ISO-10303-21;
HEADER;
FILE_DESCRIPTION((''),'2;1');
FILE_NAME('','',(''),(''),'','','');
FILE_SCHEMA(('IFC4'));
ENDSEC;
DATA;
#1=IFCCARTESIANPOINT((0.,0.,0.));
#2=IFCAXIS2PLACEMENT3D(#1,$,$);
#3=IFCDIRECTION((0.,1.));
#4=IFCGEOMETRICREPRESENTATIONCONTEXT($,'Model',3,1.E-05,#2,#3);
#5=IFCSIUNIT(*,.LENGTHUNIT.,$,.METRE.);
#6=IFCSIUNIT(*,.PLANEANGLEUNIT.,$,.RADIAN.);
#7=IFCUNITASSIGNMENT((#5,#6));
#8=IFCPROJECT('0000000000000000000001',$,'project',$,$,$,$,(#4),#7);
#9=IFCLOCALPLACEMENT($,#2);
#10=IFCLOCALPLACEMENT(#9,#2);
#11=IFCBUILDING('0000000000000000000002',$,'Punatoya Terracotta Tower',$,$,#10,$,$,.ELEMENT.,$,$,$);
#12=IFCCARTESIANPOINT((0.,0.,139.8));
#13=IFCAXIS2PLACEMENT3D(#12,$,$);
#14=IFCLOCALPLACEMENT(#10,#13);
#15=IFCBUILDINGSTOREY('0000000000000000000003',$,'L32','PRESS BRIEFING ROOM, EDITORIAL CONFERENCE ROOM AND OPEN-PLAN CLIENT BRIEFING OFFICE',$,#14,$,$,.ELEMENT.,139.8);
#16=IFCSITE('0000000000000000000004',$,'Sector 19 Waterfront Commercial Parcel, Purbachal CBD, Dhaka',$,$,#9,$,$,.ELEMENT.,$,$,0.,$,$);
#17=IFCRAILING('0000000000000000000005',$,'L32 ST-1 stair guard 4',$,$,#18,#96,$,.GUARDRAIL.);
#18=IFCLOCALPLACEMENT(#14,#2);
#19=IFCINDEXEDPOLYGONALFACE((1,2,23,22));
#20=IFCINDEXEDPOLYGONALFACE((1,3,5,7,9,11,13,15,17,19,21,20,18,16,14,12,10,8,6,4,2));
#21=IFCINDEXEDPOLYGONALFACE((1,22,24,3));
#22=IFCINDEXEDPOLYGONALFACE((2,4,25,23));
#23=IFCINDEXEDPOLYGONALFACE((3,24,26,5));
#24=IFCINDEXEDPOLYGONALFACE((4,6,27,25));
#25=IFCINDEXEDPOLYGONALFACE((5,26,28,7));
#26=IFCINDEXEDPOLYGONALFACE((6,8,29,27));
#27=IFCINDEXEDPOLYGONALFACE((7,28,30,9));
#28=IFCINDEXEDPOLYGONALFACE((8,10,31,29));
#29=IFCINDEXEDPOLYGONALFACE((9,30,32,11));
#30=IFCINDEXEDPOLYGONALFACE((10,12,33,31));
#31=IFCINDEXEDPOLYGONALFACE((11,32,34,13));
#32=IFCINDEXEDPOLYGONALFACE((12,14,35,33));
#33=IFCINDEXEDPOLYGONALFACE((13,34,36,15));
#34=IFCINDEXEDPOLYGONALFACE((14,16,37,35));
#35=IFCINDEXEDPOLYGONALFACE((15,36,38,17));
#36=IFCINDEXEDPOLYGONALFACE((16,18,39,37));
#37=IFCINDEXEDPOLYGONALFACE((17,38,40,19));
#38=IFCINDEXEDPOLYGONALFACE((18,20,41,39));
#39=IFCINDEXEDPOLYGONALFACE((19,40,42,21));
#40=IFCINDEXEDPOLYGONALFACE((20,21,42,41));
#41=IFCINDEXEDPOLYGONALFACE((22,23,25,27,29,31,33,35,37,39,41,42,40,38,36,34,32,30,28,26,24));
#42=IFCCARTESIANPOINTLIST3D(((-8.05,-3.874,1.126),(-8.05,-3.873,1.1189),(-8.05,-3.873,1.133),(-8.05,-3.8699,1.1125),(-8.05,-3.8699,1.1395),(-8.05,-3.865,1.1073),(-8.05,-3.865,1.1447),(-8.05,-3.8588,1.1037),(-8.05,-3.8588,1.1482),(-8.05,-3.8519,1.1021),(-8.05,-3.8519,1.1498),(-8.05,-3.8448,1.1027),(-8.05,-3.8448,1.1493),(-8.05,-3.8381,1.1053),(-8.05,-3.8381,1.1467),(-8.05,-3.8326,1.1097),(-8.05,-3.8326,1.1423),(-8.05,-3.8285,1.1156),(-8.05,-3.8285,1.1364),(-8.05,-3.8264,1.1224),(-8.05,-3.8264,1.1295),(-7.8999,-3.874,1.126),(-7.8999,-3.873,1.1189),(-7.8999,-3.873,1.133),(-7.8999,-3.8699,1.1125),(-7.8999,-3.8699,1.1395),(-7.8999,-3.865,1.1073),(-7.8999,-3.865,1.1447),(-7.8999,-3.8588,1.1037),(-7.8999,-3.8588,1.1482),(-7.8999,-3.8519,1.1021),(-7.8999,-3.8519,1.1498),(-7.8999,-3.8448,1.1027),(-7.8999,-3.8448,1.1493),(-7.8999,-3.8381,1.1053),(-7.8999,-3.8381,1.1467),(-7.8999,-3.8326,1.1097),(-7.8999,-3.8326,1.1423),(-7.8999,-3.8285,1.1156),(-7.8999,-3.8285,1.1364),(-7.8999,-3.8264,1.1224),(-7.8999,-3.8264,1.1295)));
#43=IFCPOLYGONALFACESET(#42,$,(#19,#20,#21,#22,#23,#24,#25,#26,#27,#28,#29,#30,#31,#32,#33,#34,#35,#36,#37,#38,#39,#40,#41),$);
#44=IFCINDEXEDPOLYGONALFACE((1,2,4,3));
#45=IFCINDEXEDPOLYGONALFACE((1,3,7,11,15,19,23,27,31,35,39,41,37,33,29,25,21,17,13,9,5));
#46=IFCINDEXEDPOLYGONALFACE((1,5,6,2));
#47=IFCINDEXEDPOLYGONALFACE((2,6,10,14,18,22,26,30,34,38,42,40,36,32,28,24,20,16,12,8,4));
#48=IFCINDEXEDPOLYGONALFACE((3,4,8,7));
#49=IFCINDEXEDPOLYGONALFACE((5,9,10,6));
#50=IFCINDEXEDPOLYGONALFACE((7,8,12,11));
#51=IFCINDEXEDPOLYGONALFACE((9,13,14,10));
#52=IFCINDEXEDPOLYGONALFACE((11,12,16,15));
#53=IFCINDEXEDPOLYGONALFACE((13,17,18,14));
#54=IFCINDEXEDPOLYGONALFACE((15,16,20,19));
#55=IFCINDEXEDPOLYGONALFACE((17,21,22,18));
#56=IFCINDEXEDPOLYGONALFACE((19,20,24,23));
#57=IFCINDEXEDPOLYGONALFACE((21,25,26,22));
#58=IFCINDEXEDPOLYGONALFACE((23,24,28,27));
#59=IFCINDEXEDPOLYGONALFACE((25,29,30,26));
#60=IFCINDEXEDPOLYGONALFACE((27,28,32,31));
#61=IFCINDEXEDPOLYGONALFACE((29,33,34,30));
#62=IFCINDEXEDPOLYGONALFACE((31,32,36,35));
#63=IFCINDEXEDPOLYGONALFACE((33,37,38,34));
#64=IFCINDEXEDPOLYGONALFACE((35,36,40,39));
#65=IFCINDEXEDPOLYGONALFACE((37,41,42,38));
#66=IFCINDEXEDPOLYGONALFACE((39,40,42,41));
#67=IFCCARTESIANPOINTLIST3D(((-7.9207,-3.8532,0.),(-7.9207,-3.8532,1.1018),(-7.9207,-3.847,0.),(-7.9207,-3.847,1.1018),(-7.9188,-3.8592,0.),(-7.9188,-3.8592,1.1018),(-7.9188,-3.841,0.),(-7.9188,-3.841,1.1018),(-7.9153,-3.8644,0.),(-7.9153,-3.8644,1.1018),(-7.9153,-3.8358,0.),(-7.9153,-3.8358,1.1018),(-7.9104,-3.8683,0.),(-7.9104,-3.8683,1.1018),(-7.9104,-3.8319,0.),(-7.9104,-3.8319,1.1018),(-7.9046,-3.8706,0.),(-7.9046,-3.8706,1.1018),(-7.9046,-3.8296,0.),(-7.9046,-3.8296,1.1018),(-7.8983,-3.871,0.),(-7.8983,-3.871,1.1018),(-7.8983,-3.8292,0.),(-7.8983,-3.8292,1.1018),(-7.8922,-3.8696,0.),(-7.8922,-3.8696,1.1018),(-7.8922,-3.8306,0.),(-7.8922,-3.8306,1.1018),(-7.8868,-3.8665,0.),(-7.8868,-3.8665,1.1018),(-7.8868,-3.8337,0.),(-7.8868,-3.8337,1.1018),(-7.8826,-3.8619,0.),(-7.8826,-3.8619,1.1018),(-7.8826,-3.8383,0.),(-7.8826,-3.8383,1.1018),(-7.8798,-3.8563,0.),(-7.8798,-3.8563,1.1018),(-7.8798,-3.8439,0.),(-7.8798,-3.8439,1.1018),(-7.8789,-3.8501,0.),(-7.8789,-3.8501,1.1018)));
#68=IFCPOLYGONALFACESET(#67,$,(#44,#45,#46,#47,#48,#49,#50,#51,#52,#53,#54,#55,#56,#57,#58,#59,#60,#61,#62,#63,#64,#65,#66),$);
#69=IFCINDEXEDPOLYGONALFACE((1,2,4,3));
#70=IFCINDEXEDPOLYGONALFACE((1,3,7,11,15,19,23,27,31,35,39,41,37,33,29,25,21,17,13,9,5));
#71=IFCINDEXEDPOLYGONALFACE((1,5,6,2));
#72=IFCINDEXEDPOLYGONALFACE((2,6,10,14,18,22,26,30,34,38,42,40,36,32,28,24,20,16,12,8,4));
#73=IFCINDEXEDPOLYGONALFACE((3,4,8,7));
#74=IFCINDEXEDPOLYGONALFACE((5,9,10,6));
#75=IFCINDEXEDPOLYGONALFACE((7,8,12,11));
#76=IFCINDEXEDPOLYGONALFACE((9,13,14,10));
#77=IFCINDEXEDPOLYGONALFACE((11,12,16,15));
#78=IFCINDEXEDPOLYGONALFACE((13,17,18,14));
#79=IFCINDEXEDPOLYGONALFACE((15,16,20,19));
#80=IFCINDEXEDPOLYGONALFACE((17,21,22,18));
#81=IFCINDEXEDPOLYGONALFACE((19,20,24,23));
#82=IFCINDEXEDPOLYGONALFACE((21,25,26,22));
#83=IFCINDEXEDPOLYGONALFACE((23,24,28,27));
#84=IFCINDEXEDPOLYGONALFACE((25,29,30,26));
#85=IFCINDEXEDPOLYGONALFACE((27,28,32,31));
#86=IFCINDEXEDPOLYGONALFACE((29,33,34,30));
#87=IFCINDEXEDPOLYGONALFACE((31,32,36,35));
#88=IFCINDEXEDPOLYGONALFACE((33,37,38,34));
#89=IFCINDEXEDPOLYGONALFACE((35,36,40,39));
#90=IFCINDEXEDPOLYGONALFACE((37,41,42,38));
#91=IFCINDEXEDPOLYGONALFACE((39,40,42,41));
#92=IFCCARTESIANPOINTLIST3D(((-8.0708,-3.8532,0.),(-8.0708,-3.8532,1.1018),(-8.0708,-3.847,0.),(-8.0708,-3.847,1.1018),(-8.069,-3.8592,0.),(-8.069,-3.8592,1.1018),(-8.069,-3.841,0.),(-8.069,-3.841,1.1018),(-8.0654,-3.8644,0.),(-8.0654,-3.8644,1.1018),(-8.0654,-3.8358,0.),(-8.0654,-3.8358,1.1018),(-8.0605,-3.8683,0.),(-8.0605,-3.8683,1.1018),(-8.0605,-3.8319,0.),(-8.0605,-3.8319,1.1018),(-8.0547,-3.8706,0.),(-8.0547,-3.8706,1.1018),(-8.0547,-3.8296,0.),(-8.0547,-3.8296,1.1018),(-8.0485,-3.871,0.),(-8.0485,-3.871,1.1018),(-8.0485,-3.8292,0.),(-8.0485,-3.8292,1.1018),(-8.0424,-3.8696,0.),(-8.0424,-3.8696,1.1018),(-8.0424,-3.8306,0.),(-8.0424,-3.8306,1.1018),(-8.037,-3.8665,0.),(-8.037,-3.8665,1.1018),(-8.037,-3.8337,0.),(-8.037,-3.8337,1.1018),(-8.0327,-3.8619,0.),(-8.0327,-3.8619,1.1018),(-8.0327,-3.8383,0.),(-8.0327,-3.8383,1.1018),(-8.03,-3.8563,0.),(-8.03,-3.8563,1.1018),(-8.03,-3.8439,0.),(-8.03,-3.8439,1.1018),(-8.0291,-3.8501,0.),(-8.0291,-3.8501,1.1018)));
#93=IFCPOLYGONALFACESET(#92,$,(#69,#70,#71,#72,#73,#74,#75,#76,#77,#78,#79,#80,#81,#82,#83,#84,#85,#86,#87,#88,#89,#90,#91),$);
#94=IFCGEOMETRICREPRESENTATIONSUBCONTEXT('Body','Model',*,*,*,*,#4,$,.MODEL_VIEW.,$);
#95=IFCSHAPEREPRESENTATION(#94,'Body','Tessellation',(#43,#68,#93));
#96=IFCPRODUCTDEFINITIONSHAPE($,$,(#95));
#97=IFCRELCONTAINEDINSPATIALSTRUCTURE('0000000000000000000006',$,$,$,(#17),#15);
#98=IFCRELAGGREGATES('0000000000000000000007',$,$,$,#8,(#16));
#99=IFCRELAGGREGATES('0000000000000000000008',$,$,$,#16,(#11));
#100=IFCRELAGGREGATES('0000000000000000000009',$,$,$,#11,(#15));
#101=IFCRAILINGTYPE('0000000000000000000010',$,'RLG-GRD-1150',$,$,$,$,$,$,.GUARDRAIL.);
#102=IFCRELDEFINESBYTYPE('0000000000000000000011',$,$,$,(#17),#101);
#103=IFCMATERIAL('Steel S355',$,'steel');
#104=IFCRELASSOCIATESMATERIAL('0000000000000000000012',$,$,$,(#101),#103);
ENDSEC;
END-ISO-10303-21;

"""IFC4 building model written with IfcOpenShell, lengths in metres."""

from ifc_helpers import new_model, si_unit, direction, frame, origin, origin_2d, place, context, subcontext, project, spatial, circle, extrude, material, type_object, element, save


model = new_model("IFC4")

# Units and contexts
model_context = context("Model", 3, precision=1e-05, world=origin(), true_north=direction((0.0, 1.0)))
body_context = subcontext(model_context, "Body", "Model", "MODEL_VIEW")
ifc_project = project(units=[si_unit("LENGTHUNIT", "METRE"), si_unit("PLANEANGLEUNIT", "RADIAN")], contexts=[model_context])

# Site, building, storey
site_placement = place(None, origin())
site = spatial("IfcSite", under=ifc_project, at=site_placement, Name="Sector 19 Waterfront Commercial Parcel, Purbachal CBD, Dhaka", CompositionType="ELEMENT", RefElevation=0.0)
building_placement = place(site_placement, origin())
building = spatial("IfcBuilding", under=site, at=building_placement, Name="Punatoya Terracotta Tower", CompositionType="ELEMENT")
storey_placement = place(building_placement, frame((0.0, 0.0, 139.8)))
storey = spatial("IfcBuildingStorey", under=building, at=storey_placement, Name="L32", Description="PRESS BRIEFING ROOM, EDITORIAL CONFERENCE ROOM AND OPEN-PLAN CLIENT BRIEFING OFFICE", CompositionType="ELEMENT", Elevation=139.8)

# Shared definitions
ifc_material_1 = material(Name="Steel S355", Category="steel")

# Railing
railing_type_1 = type_object("IfcRailingType", Name="RLG-GRD-1150", PredefinedType="GUARDRAIL", material=ifc_material_1)
railing_1_placement = place(storey_placement, frame((-7.8999, -3.8501, 0.0)))
element("IfcRailing", 1, at=railing_1_placement, inside=storey, type_object=railing_type_1, Name="L32 ST-1 stair guard 4", PredefinedType="GUARDRAIL", context=body_context, shape_type="SweptSolid", body=[
    extrude(circle(Radius=0.0239, at=origin_2d()), frame((0.0, 0.0, 1.126), z_axis=(-1.0, 0.0, 0.0), x_axis=(0.0, -1.0, 0.0)), (0.0, 0.0, 1.0), 0.1501),
    extrude(circle(Radius=0.021, at=origin_2d()), origin(), (0.0, 0.0, 1.0), 1.1018),
    extrude(circle(Radius=0.021, at=origin_2d()), frame((-0.1501, 0.0, 0.0)), (0.0, 0.0, 1.0), 1.1018),
])

save(model, "model.ifc")
